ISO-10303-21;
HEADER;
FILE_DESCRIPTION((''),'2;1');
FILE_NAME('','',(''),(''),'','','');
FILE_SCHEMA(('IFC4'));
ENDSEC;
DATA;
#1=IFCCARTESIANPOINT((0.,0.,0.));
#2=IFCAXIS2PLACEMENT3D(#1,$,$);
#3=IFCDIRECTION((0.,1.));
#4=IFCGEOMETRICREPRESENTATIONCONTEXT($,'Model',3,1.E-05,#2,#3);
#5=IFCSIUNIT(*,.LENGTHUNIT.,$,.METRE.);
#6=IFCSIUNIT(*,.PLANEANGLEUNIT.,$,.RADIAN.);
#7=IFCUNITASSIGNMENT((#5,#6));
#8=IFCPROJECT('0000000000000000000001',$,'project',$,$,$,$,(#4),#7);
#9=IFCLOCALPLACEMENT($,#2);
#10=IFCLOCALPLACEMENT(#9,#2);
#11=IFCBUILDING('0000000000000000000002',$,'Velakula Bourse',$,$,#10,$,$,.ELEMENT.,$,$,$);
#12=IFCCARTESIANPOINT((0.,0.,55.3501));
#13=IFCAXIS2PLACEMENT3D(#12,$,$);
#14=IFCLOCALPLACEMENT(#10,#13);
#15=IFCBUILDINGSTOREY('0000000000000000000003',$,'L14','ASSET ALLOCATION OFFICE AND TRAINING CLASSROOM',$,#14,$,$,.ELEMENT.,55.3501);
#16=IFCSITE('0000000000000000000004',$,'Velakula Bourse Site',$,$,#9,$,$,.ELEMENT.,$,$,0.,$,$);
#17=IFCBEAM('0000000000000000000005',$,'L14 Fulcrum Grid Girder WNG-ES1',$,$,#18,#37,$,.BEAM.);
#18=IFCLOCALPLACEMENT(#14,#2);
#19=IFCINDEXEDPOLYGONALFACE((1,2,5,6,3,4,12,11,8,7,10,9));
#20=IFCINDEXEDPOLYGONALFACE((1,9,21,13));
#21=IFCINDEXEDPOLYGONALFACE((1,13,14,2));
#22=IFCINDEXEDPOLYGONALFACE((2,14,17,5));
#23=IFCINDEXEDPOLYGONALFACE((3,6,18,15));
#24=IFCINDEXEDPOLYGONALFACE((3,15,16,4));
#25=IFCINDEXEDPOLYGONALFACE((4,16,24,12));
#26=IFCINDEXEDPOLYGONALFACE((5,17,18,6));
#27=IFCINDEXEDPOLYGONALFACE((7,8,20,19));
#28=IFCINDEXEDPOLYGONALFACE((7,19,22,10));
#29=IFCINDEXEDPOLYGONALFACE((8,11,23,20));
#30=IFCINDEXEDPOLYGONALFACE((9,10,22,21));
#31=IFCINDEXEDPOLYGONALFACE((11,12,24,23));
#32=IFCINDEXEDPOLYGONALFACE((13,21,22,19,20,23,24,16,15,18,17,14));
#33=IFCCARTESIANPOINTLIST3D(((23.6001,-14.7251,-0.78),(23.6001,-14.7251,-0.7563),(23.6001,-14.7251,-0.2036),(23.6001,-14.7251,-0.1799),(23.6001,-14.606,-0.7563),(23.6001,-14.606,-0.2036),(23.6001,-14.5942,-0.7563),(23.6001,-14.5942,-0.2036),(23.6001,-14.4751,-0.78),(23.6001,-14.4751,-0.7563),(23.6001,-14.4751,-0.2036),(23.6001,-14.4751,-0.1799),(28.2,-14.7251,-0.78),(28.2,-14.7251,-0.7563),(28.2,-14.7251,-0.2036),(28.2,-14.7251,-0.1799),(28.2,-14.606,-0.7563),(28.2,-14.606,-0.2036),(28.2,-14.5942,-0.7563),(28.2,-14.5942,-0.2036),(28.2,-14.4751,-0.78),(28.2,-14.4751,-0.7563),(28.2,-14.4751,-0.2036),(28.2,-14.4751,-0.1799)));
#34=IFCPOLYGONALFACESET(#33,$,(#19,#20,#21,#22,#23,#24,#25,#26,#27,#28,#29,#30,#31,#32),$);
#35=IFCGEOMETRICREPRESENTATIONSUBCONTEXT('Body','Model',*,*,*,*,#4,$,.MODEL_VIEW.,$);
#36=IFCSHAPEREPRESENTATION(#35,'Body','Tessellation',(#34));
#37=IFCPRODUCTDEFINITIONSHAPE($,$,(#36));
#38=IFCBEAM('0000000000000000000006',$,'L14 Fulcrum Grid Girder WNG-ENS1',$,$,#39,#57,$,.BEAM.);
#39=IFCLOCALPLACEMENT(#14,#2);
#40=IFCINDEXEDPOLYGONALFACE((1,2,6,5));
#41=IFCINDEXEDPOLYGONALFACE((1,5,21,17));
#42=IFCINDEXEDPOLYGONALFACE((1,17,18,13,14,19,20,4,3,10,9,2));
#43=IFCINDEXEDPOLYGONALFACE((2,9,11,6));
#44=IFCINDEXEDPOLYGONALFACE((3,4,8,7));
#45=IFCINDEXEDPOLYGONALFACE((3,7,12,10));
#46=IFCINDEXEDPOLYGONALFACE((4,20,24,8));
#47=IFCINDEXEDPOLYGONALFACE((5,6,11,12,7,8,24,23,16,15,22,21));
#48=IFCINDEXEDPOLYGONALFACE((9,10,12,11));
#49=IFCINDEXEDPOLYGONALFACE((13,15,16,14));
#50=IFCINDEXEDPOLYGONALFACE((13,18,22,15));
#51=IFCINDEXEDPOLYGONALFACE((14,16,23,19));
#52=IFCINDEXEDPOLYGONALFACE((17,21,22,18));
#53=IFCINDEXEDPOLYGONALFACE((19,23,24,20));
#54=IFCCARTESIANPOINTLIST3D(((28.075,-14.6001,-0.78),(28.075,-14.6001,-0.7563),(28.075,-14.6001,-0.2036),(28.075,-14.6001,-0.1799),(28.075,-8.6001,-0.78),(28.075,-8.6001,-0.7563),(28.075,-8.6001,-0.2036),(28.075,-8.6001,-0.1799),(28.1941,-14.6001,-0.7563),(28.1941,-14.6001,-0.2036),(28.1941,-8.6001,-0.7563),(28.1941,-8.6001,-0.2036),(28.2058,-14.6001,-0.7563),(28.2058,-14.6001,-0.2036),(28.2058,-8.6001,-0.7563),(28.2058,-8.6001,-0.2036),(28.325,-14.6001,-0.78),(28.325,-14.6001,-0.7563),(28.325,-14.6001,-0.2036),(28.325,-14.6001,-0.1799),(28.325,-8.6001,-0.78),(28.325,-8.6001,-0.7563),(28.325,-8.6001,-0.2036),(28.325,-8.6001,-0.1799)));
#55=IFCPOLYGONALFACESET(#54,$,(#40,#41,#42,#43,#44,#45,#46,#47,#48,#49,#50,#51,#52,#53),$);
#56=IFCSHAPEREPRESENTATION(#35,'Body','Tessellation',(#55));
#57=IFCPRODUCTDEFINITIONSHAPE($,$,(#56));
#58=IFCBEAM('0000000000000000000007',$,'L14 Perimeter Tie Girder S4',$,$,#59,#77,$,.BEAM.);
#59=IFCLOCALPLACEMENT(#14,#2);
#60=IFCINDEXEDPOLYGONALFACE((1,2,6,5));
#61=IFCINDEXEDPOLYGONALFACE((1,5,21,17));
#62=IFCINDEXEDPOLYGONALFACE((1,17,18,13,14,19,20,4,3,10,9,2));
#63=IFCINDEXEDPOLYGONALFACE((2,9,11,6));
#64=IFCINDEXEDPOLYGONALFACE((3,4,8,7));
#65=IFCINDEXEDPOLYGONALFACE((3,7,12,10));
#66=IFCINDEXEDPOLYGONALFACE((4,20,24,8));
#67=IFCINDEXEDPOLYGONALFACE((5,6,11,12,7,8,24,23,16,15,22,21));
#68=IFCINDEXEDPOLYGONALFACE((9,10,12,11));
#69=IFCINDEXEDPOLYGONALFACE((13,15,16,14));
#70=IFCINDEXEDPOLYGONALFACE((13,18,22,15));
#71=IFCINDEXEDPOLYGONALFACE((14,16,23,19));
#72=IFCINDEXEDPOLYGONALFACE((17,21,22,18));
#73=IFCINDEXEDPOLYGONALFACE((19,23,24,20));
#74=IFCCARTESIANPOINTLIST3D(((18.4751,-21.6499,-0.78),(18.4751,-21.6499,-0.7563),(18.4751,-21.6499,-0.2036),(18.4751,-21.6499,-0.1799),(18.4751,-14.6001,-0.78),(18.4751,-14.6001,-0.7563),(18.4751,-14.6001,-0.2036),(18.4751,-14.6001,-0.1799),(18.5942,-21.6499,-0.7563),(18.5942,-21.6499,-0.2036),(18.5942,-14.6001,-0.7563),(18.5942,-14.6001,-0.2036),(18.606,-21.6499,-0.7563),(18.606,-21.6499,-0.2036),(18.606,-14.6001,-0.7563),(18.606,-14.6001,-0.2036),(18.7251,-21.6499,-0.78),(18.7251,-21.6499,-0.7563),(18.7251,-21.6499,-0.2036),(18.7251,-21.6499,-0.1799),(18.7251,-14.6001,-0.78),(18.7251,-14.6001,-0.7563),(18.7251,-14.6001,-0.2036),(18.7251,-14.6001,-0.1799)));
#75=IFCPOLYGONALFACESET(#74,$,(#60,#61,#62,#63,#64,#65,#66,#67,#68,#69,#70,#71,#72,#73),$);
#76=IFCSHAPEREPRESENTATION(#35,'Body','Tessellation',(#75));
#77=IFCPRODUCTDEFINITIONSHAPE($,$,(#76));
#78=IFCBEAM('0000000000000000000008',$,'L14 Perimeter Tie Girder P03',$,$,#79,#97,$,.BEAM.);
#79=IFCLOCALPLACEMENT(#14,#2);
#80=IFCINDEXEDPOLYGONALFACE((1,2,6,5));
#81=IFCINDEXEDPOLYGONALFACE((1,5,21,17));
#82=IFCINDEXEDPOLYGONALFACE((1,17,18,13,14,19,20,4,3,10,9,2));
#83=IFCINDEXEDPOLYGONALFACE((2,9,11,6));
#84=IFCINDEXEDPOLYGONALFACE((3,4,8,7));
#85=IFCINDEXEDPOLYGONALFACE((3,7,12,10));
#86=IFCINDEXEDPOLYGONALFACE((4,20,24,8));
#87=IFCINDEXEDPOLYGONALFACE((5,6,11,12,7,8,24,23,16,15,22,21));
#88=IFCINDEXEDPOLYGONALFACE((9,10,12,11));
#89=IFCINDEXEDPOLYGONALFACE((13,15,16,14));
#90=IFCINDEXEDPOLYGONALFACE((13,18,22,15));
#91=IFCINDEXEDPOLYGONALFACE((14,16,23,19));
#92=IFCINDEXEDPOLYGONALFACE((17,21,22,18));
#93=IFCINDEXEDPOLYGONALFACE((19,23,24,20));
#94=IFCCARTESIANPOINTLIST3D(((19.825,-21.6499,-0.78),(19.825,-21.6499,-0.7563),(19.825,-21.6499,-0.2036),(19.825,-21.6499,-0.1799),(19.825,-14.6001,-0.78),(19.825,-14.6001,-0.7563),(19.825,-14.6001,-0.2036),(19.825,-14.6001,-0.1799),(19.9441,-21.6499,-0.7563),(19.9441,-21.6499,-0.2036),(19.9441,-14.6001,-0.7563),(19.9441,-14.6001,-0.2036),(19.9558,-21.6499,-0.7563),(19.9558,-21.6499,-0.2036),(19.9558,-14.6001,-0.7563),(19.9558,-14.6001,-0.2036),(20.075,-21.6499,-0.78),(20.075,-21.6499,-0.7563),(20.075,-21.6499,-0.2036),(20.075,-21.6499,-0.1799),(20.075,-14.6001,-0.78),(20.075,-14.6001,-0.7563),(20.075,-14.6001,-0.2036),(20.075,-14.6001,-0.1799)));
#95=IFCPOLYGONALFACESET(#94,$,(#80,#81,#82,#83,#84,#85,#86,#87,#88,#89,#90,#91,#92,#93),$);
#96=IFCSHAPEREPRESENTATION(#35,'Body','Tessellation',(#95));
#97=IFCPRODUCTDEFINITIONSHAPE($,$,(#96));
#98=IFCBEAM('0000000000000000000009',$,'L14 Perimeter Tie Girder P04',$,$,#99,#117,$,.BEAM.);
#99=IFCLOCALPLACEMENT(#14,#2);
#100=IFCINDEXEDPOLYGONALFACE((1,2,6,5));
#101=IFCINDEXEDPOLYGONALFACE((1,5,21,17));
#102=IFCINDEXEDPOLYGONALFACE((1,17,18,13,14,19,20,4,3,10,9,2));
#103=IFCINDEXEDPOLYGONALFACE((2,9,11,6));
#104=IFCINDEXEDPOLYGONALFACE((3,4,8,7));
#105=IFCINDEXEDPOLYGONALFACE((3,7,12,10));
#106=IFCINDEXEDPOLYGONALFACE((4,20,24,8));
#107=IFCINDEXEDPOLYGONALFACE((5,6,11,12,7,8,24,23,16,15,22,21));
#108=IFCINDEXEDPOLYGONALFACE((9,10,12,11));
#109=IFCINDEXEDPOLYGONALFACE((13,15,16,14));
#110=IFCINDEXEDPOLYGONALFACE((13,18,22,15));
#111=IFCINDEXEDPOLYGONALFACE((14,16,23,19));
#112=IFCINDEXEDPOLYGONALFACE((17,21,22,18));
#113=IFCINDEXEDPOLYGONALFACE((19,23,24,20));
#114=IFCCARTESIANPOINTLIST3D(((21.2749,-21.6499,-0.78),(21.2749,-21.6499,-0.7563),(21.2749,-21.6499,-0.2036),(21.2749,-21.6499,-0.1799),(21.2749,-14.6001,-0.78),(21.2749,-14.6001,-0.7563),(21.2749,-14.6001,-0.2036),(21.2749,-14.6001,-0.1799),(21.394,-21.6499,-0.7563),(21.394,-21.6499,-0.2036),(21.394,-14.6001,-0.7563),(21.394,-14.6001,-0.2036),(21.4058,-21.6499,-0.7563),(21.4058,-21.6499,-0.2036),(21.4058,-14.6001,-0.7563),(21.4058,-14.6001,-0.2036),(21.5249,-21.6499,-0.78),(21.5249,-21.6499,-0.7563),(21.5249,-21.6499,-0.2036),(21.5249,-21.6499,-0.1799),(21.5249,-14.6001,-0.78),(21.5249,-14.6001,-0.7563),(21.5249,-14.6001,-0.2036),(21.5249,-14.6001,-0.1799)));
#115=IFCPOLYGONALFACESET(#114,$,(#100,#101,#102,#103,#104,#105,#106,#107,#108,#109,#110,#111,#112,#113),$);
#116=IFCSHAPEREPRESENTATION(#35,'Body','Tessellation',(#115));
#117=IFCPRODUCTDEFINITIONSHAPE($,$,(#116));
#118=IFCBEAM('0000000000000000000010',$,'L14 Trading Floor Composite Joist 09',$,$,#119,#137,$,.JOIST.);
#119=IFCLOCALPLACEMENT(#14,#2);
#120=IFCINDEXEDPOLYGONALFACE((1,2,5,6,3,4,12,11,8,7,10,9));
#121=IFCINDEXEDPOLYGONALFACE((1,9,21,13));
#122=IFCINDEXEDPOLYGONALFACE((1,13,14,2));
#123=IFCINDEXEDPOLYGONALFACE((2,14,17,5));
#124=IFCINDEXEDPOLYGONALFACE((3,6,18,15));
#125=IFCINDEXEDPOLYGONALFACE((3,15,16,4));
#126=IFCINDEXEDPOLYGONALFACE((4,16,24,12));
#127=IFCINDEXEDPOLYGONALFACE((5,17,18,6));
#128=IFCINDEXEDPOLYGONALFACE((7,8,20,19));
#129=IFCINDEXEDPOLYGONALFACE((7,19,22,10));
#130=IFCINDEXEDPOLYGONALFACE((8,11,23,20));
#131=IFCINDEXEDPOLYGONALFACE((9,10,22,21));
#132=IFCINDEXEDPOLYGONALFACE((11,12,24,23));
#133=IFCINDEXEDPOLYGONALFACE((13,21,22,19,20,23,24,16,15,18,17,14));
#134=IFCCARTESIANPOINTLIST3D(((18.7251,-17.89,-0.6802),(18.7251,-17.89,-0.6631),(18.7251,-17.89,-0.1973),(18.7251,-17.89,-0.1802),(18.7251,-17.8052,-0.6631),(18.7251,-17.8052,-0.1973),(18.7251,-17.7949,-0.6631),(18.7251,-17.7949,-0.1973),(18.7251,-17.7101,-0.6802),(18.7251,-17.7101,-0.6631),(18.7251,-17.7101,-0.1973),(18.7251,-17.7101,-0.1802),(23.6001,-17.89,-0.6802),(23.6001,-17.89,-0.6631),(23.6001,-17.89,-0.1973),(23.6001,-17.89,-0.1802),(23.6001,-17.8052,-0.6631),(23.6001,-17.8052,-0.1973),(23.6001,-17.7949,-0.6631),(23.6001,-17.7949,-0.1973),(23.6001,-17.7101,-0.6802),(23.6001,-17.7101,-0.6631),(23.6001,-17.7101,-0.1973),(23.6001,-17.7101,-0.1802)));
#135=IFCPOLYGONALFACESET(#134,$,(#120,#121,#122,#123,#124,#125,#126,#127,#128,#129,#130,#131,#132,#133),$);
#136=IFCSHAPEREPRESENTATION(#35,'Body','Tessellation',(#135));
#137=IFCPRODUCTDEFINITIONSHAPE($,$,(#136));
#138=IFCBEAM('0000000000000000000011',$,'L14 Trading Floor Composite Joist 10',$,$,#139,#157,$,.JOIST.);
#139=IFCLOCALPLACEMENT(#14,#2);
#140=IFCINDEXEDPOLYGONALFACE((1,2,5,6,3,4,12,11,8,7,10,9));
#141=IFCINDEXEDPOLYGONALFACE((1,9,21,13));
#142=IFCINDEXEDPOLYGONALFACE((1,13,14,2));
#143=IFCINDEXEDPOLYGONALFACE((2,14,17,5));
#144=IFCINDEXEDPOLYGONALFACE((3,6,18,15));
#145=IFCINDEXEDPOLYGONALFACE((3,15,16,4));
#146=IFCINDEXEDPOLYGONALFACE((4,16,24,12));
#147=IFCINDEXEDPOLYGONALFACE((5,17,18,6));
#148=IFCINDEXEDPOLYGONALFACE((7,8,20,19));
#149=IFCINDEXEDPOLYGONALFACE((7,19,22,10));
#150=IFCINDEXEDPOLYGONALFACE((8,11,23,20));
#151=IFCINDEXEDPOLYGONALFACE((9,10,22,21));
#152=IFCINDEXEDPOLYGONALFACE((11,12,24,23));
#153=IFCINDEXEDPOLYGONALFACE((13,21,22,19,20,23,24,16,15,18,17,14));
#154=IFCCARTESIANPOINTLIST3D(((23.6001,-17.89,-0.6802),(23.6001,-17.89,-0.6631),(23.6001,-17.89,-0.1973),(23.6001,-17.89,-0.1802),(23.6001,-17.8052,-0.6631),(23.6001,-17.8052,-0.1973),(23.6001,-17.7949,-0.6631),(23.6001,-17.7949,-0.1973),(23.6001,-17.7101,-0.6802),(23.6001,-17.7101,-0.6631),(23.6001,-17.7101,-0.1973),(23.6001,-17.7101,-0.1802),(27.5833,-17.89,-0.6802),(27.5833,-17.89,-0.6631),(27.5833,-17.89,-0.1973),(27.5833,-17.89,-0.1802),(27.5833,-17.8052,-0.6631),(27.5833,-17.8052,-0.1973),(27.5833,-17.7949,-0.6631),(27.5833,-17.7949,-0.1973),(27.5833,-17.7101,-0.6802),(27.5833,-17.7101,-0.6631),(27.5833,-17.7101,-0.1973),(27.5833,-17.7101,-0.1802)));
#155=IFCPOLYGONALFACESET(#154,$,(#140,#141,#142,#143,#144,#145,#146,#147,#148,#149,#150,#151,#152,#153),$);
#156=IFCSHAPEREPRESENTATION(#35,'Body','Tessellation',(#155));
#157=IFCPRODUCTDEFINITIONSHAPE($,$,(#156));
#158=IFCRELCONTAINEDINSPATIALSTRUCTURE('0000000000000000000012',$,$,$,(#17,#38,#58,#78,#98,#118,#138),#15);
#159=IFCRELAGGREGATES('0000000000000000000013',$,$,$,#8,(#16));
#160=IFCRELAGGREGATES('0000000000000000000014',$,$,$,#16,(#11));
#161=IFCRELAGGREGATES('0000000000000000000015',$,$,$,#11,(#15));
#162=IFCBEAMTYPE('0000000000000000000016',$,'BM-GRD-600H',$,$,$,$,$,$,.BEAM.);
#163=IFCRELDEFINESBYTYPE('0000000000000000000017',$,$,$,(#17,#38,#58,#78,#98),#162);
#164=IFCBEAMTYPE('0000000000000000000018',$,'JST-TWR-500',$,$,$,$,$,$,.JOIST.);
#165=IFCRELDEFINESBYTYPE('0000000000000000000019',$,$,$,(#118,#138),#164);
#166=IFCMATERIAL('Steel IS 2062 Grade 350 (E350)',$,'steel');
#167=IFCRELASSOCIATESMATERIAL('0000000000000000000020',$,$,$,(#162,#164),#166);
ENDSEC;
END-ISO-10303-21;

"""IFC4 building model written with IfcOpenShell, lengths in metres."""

from ifc_helpers import new_model, si_unit, direction, frame, origin, origin_2d, place, context, subcontext, project, spatial, i_section, extrude, material, material_profile, profile_set, type_object, element, save


model = new_model("IFC4")

# Units and contexts
model_context = context("Model", 3, precision=1e-05, world=origin(), true_north=direction((0.0, 1.0)))
body_context = subcontext(model_context, "Body", "Model", "MODEL_VIEW")
ifc_project = project(units=[si_unit("LENGTHUNIT", "METRE"), si_unit("PLANEANGLEUNIT", "RADIAN")], contexts=[model_context])

# Site, building, storey
site_placement = place(None, origin())
site = spatial("IfcSite", under=ifc_project, at=site_placement, Name="Velakula Bourse Site", CompositionType="ELEMENT", RefElevation=0.0)
building_placement = place(site_placement, origin())
building = spatial("IfcBuilding", under=site, at=building_placement, Name="Velakula Bourse", CompositionType="ELEMENT")
storey_placement = place(building_placement, frame((0.0, 0.0, 55.3501)))
storey = spatial("IfcBuildingStorey", under=building, at=storey_placement, Name="L14", Description="ASSET ALLOCATION OFFICE AND TRAINING CLASSROOM", CompositionType="ELEMENT", Elevation=55.3501)

# Beams
ifc_material_1 = material(Name="Steel IS 2062 Grade 350 (E350)", Category="steel")
ifc_material_profile_1 = material_profile(ifc_material_1, i_section(OverallWidth=0.25, OverallDepth=0.6001, WebThickness=0.0117, FlangeThickness=0.0237, at=origin_2d()), Name="Steel IS 2062 Grade 350 (E350)")
ifc_profile_set_1 = profile_set([ifc_material_profile_1], Name="Steel IS 2062 Grade 350 (E350)")
beam_type_1 = type_object("IfcBeamType", Name="BM-GRD-600H", PredefinedType="BEAM", material=ifc_profile_set_1)
beam_1_placement = place(storey_placement, frame((23.6001, -14.6001, -0.48), z_axis=(1.0, 0.0, 0.0), x_axis=(0.0, 1.0, 0.0)))
element("IfcBeam", 1, at=beam_1_placement, inside=storey, type_object=beam_type_1, Name="L14 Fulcrum Grid Girder WNG-ES1", PredefinedType="BEAM", context=body_context, shape_type="SweptSolid", body=[
    extrude(i_section(OverallWidth=0.25, OverallDepth=0.6001, WebThickness=0.0117, FlangeThickness=0.0237, at=origin_2d()), origin(), (0.0, 0.0, 1.0), 4.5999),
])
beam_2_placement = place(storey_placement, frame((28.2, -14.6001, -0.48), z_axis=(0.0, 1.0, 0.0), x_axis=(-1.0, 0.0, 0.0)))
element("IfcBeam", 2, at=beam_2_placement, inside=storey, type_object=beam_type_1, Name="L14 Fulcrum Grid Girder WNG-ENS1", PredefinedType="BEAM", context=body_context, shape_type="SweptSolid", body=[
    extrude(i_section(OverallWidth=0.25, OverallDepth=0.6001, WebThickness=0.0117, FlangeThickness=0.0237, at=origin_2d()), origin(), (0.0, 0.0, 1.0), 6.0),
])
for number, where, z_axis, x_axis, name in (
    (3, (18.6001, -14.6001, -0.48), (0.0, -1.0, 0.0), (1.0, 0.0, 0.0), "L14 Perimeter Tie Girder S4"),
    (4, (19.95, -14.6001, -0.48), (0.0, -1.0, 0.0), (1.0, 0.0, 0.0), "L14 Perimeter Tie Girder P03"),
    (5, (21.3999, -14.6001, -0.48), (0.0, -1.0, 0.0), (1.0, 0.0, 0.0), "L14 Perimeter Tie Girder P04"),
):
    element("IfcBeam", number, at=place(storey_placement, frame(where, z_axis=z_axis, x_axis=x_axis)), inside=storey, type_object=beam_type_1, Name=name, PredefinedType="BEAM", context=body_context, shape_type="SweptSolid", body=[
        extrude(i_section(OverallWidth=0.25, OverallDepth=0.6001, WebThickness=0.0117, FlangeThickness=0.0237, at=origin_2d()), origin(), (0.0, 0.0, 1.0), 7.0498),
    ])
ifc_material_profile_2 = material_profile(ifc_material_1, i_section(OverallWidth=0.1799, OverallDepth=0.5, WebThickness=0.0103, FlangeThickness=0.0171, at=origin_2d()), Name="Steel IS 2062 Grade 350 (E350)")
ifc_profile_set_2 = profile_set([ifc_material_profile_2], Name="Steel IS 2062 Grade 350 (E350)")
beam_type_2 = type_object("IfcBeamType", Name="JST-TWR-500", PredefinedType="JOIST", material=ifc_profile_set_2)
beam_3_placement = place(storey_placement, frame((18.7251, -17.8, -0.4302), z_axis=(1.0, 0.0, 0.0), x_axis=(0.0, 1.0, 0.0)))
element("IfcBeam", 6, at=beam_3_placement, inside=storey, type_object=beam_type_2, Name="L14 Trading Floor Composite Joist 09", PredefinedType="JOIST", context=body_context, shape_type="SweptSolid", body=[
    extrude(i_section(OverallWidth=0.1799, OverallDepth=0.5, WebThickness=0.0103, FlangeThickness=0.0171, at=origin_2d()), origin(), (0.0, 0.0, 1.0), 4.875),
])
beam_4_placement = place(storey_placement, frame((23.6001, -17.8, -0.4302), z_axis=(1.0, 0.0, 0.0), x_axis=(0.0, 1.0, 0.0)))
element("IfcBeam", 7, at=beam_4_placement, inside=storey, type_object=beam_type_2, Name="L14 Trading Floor Composite Joist 10", PredefinedType="JOIST", context=body_context, shape_type="SweptSolid", body=[
    extrude(i_section(OverallWidth=0.1799, OverallDepth=0.5, WebThickness=0.0103, FlangeThickness=0.0171, at=origin_2d()), origin(), (0.0, 0.0, 1.0), 3.9832),
])

save(model, "model.ifc")
